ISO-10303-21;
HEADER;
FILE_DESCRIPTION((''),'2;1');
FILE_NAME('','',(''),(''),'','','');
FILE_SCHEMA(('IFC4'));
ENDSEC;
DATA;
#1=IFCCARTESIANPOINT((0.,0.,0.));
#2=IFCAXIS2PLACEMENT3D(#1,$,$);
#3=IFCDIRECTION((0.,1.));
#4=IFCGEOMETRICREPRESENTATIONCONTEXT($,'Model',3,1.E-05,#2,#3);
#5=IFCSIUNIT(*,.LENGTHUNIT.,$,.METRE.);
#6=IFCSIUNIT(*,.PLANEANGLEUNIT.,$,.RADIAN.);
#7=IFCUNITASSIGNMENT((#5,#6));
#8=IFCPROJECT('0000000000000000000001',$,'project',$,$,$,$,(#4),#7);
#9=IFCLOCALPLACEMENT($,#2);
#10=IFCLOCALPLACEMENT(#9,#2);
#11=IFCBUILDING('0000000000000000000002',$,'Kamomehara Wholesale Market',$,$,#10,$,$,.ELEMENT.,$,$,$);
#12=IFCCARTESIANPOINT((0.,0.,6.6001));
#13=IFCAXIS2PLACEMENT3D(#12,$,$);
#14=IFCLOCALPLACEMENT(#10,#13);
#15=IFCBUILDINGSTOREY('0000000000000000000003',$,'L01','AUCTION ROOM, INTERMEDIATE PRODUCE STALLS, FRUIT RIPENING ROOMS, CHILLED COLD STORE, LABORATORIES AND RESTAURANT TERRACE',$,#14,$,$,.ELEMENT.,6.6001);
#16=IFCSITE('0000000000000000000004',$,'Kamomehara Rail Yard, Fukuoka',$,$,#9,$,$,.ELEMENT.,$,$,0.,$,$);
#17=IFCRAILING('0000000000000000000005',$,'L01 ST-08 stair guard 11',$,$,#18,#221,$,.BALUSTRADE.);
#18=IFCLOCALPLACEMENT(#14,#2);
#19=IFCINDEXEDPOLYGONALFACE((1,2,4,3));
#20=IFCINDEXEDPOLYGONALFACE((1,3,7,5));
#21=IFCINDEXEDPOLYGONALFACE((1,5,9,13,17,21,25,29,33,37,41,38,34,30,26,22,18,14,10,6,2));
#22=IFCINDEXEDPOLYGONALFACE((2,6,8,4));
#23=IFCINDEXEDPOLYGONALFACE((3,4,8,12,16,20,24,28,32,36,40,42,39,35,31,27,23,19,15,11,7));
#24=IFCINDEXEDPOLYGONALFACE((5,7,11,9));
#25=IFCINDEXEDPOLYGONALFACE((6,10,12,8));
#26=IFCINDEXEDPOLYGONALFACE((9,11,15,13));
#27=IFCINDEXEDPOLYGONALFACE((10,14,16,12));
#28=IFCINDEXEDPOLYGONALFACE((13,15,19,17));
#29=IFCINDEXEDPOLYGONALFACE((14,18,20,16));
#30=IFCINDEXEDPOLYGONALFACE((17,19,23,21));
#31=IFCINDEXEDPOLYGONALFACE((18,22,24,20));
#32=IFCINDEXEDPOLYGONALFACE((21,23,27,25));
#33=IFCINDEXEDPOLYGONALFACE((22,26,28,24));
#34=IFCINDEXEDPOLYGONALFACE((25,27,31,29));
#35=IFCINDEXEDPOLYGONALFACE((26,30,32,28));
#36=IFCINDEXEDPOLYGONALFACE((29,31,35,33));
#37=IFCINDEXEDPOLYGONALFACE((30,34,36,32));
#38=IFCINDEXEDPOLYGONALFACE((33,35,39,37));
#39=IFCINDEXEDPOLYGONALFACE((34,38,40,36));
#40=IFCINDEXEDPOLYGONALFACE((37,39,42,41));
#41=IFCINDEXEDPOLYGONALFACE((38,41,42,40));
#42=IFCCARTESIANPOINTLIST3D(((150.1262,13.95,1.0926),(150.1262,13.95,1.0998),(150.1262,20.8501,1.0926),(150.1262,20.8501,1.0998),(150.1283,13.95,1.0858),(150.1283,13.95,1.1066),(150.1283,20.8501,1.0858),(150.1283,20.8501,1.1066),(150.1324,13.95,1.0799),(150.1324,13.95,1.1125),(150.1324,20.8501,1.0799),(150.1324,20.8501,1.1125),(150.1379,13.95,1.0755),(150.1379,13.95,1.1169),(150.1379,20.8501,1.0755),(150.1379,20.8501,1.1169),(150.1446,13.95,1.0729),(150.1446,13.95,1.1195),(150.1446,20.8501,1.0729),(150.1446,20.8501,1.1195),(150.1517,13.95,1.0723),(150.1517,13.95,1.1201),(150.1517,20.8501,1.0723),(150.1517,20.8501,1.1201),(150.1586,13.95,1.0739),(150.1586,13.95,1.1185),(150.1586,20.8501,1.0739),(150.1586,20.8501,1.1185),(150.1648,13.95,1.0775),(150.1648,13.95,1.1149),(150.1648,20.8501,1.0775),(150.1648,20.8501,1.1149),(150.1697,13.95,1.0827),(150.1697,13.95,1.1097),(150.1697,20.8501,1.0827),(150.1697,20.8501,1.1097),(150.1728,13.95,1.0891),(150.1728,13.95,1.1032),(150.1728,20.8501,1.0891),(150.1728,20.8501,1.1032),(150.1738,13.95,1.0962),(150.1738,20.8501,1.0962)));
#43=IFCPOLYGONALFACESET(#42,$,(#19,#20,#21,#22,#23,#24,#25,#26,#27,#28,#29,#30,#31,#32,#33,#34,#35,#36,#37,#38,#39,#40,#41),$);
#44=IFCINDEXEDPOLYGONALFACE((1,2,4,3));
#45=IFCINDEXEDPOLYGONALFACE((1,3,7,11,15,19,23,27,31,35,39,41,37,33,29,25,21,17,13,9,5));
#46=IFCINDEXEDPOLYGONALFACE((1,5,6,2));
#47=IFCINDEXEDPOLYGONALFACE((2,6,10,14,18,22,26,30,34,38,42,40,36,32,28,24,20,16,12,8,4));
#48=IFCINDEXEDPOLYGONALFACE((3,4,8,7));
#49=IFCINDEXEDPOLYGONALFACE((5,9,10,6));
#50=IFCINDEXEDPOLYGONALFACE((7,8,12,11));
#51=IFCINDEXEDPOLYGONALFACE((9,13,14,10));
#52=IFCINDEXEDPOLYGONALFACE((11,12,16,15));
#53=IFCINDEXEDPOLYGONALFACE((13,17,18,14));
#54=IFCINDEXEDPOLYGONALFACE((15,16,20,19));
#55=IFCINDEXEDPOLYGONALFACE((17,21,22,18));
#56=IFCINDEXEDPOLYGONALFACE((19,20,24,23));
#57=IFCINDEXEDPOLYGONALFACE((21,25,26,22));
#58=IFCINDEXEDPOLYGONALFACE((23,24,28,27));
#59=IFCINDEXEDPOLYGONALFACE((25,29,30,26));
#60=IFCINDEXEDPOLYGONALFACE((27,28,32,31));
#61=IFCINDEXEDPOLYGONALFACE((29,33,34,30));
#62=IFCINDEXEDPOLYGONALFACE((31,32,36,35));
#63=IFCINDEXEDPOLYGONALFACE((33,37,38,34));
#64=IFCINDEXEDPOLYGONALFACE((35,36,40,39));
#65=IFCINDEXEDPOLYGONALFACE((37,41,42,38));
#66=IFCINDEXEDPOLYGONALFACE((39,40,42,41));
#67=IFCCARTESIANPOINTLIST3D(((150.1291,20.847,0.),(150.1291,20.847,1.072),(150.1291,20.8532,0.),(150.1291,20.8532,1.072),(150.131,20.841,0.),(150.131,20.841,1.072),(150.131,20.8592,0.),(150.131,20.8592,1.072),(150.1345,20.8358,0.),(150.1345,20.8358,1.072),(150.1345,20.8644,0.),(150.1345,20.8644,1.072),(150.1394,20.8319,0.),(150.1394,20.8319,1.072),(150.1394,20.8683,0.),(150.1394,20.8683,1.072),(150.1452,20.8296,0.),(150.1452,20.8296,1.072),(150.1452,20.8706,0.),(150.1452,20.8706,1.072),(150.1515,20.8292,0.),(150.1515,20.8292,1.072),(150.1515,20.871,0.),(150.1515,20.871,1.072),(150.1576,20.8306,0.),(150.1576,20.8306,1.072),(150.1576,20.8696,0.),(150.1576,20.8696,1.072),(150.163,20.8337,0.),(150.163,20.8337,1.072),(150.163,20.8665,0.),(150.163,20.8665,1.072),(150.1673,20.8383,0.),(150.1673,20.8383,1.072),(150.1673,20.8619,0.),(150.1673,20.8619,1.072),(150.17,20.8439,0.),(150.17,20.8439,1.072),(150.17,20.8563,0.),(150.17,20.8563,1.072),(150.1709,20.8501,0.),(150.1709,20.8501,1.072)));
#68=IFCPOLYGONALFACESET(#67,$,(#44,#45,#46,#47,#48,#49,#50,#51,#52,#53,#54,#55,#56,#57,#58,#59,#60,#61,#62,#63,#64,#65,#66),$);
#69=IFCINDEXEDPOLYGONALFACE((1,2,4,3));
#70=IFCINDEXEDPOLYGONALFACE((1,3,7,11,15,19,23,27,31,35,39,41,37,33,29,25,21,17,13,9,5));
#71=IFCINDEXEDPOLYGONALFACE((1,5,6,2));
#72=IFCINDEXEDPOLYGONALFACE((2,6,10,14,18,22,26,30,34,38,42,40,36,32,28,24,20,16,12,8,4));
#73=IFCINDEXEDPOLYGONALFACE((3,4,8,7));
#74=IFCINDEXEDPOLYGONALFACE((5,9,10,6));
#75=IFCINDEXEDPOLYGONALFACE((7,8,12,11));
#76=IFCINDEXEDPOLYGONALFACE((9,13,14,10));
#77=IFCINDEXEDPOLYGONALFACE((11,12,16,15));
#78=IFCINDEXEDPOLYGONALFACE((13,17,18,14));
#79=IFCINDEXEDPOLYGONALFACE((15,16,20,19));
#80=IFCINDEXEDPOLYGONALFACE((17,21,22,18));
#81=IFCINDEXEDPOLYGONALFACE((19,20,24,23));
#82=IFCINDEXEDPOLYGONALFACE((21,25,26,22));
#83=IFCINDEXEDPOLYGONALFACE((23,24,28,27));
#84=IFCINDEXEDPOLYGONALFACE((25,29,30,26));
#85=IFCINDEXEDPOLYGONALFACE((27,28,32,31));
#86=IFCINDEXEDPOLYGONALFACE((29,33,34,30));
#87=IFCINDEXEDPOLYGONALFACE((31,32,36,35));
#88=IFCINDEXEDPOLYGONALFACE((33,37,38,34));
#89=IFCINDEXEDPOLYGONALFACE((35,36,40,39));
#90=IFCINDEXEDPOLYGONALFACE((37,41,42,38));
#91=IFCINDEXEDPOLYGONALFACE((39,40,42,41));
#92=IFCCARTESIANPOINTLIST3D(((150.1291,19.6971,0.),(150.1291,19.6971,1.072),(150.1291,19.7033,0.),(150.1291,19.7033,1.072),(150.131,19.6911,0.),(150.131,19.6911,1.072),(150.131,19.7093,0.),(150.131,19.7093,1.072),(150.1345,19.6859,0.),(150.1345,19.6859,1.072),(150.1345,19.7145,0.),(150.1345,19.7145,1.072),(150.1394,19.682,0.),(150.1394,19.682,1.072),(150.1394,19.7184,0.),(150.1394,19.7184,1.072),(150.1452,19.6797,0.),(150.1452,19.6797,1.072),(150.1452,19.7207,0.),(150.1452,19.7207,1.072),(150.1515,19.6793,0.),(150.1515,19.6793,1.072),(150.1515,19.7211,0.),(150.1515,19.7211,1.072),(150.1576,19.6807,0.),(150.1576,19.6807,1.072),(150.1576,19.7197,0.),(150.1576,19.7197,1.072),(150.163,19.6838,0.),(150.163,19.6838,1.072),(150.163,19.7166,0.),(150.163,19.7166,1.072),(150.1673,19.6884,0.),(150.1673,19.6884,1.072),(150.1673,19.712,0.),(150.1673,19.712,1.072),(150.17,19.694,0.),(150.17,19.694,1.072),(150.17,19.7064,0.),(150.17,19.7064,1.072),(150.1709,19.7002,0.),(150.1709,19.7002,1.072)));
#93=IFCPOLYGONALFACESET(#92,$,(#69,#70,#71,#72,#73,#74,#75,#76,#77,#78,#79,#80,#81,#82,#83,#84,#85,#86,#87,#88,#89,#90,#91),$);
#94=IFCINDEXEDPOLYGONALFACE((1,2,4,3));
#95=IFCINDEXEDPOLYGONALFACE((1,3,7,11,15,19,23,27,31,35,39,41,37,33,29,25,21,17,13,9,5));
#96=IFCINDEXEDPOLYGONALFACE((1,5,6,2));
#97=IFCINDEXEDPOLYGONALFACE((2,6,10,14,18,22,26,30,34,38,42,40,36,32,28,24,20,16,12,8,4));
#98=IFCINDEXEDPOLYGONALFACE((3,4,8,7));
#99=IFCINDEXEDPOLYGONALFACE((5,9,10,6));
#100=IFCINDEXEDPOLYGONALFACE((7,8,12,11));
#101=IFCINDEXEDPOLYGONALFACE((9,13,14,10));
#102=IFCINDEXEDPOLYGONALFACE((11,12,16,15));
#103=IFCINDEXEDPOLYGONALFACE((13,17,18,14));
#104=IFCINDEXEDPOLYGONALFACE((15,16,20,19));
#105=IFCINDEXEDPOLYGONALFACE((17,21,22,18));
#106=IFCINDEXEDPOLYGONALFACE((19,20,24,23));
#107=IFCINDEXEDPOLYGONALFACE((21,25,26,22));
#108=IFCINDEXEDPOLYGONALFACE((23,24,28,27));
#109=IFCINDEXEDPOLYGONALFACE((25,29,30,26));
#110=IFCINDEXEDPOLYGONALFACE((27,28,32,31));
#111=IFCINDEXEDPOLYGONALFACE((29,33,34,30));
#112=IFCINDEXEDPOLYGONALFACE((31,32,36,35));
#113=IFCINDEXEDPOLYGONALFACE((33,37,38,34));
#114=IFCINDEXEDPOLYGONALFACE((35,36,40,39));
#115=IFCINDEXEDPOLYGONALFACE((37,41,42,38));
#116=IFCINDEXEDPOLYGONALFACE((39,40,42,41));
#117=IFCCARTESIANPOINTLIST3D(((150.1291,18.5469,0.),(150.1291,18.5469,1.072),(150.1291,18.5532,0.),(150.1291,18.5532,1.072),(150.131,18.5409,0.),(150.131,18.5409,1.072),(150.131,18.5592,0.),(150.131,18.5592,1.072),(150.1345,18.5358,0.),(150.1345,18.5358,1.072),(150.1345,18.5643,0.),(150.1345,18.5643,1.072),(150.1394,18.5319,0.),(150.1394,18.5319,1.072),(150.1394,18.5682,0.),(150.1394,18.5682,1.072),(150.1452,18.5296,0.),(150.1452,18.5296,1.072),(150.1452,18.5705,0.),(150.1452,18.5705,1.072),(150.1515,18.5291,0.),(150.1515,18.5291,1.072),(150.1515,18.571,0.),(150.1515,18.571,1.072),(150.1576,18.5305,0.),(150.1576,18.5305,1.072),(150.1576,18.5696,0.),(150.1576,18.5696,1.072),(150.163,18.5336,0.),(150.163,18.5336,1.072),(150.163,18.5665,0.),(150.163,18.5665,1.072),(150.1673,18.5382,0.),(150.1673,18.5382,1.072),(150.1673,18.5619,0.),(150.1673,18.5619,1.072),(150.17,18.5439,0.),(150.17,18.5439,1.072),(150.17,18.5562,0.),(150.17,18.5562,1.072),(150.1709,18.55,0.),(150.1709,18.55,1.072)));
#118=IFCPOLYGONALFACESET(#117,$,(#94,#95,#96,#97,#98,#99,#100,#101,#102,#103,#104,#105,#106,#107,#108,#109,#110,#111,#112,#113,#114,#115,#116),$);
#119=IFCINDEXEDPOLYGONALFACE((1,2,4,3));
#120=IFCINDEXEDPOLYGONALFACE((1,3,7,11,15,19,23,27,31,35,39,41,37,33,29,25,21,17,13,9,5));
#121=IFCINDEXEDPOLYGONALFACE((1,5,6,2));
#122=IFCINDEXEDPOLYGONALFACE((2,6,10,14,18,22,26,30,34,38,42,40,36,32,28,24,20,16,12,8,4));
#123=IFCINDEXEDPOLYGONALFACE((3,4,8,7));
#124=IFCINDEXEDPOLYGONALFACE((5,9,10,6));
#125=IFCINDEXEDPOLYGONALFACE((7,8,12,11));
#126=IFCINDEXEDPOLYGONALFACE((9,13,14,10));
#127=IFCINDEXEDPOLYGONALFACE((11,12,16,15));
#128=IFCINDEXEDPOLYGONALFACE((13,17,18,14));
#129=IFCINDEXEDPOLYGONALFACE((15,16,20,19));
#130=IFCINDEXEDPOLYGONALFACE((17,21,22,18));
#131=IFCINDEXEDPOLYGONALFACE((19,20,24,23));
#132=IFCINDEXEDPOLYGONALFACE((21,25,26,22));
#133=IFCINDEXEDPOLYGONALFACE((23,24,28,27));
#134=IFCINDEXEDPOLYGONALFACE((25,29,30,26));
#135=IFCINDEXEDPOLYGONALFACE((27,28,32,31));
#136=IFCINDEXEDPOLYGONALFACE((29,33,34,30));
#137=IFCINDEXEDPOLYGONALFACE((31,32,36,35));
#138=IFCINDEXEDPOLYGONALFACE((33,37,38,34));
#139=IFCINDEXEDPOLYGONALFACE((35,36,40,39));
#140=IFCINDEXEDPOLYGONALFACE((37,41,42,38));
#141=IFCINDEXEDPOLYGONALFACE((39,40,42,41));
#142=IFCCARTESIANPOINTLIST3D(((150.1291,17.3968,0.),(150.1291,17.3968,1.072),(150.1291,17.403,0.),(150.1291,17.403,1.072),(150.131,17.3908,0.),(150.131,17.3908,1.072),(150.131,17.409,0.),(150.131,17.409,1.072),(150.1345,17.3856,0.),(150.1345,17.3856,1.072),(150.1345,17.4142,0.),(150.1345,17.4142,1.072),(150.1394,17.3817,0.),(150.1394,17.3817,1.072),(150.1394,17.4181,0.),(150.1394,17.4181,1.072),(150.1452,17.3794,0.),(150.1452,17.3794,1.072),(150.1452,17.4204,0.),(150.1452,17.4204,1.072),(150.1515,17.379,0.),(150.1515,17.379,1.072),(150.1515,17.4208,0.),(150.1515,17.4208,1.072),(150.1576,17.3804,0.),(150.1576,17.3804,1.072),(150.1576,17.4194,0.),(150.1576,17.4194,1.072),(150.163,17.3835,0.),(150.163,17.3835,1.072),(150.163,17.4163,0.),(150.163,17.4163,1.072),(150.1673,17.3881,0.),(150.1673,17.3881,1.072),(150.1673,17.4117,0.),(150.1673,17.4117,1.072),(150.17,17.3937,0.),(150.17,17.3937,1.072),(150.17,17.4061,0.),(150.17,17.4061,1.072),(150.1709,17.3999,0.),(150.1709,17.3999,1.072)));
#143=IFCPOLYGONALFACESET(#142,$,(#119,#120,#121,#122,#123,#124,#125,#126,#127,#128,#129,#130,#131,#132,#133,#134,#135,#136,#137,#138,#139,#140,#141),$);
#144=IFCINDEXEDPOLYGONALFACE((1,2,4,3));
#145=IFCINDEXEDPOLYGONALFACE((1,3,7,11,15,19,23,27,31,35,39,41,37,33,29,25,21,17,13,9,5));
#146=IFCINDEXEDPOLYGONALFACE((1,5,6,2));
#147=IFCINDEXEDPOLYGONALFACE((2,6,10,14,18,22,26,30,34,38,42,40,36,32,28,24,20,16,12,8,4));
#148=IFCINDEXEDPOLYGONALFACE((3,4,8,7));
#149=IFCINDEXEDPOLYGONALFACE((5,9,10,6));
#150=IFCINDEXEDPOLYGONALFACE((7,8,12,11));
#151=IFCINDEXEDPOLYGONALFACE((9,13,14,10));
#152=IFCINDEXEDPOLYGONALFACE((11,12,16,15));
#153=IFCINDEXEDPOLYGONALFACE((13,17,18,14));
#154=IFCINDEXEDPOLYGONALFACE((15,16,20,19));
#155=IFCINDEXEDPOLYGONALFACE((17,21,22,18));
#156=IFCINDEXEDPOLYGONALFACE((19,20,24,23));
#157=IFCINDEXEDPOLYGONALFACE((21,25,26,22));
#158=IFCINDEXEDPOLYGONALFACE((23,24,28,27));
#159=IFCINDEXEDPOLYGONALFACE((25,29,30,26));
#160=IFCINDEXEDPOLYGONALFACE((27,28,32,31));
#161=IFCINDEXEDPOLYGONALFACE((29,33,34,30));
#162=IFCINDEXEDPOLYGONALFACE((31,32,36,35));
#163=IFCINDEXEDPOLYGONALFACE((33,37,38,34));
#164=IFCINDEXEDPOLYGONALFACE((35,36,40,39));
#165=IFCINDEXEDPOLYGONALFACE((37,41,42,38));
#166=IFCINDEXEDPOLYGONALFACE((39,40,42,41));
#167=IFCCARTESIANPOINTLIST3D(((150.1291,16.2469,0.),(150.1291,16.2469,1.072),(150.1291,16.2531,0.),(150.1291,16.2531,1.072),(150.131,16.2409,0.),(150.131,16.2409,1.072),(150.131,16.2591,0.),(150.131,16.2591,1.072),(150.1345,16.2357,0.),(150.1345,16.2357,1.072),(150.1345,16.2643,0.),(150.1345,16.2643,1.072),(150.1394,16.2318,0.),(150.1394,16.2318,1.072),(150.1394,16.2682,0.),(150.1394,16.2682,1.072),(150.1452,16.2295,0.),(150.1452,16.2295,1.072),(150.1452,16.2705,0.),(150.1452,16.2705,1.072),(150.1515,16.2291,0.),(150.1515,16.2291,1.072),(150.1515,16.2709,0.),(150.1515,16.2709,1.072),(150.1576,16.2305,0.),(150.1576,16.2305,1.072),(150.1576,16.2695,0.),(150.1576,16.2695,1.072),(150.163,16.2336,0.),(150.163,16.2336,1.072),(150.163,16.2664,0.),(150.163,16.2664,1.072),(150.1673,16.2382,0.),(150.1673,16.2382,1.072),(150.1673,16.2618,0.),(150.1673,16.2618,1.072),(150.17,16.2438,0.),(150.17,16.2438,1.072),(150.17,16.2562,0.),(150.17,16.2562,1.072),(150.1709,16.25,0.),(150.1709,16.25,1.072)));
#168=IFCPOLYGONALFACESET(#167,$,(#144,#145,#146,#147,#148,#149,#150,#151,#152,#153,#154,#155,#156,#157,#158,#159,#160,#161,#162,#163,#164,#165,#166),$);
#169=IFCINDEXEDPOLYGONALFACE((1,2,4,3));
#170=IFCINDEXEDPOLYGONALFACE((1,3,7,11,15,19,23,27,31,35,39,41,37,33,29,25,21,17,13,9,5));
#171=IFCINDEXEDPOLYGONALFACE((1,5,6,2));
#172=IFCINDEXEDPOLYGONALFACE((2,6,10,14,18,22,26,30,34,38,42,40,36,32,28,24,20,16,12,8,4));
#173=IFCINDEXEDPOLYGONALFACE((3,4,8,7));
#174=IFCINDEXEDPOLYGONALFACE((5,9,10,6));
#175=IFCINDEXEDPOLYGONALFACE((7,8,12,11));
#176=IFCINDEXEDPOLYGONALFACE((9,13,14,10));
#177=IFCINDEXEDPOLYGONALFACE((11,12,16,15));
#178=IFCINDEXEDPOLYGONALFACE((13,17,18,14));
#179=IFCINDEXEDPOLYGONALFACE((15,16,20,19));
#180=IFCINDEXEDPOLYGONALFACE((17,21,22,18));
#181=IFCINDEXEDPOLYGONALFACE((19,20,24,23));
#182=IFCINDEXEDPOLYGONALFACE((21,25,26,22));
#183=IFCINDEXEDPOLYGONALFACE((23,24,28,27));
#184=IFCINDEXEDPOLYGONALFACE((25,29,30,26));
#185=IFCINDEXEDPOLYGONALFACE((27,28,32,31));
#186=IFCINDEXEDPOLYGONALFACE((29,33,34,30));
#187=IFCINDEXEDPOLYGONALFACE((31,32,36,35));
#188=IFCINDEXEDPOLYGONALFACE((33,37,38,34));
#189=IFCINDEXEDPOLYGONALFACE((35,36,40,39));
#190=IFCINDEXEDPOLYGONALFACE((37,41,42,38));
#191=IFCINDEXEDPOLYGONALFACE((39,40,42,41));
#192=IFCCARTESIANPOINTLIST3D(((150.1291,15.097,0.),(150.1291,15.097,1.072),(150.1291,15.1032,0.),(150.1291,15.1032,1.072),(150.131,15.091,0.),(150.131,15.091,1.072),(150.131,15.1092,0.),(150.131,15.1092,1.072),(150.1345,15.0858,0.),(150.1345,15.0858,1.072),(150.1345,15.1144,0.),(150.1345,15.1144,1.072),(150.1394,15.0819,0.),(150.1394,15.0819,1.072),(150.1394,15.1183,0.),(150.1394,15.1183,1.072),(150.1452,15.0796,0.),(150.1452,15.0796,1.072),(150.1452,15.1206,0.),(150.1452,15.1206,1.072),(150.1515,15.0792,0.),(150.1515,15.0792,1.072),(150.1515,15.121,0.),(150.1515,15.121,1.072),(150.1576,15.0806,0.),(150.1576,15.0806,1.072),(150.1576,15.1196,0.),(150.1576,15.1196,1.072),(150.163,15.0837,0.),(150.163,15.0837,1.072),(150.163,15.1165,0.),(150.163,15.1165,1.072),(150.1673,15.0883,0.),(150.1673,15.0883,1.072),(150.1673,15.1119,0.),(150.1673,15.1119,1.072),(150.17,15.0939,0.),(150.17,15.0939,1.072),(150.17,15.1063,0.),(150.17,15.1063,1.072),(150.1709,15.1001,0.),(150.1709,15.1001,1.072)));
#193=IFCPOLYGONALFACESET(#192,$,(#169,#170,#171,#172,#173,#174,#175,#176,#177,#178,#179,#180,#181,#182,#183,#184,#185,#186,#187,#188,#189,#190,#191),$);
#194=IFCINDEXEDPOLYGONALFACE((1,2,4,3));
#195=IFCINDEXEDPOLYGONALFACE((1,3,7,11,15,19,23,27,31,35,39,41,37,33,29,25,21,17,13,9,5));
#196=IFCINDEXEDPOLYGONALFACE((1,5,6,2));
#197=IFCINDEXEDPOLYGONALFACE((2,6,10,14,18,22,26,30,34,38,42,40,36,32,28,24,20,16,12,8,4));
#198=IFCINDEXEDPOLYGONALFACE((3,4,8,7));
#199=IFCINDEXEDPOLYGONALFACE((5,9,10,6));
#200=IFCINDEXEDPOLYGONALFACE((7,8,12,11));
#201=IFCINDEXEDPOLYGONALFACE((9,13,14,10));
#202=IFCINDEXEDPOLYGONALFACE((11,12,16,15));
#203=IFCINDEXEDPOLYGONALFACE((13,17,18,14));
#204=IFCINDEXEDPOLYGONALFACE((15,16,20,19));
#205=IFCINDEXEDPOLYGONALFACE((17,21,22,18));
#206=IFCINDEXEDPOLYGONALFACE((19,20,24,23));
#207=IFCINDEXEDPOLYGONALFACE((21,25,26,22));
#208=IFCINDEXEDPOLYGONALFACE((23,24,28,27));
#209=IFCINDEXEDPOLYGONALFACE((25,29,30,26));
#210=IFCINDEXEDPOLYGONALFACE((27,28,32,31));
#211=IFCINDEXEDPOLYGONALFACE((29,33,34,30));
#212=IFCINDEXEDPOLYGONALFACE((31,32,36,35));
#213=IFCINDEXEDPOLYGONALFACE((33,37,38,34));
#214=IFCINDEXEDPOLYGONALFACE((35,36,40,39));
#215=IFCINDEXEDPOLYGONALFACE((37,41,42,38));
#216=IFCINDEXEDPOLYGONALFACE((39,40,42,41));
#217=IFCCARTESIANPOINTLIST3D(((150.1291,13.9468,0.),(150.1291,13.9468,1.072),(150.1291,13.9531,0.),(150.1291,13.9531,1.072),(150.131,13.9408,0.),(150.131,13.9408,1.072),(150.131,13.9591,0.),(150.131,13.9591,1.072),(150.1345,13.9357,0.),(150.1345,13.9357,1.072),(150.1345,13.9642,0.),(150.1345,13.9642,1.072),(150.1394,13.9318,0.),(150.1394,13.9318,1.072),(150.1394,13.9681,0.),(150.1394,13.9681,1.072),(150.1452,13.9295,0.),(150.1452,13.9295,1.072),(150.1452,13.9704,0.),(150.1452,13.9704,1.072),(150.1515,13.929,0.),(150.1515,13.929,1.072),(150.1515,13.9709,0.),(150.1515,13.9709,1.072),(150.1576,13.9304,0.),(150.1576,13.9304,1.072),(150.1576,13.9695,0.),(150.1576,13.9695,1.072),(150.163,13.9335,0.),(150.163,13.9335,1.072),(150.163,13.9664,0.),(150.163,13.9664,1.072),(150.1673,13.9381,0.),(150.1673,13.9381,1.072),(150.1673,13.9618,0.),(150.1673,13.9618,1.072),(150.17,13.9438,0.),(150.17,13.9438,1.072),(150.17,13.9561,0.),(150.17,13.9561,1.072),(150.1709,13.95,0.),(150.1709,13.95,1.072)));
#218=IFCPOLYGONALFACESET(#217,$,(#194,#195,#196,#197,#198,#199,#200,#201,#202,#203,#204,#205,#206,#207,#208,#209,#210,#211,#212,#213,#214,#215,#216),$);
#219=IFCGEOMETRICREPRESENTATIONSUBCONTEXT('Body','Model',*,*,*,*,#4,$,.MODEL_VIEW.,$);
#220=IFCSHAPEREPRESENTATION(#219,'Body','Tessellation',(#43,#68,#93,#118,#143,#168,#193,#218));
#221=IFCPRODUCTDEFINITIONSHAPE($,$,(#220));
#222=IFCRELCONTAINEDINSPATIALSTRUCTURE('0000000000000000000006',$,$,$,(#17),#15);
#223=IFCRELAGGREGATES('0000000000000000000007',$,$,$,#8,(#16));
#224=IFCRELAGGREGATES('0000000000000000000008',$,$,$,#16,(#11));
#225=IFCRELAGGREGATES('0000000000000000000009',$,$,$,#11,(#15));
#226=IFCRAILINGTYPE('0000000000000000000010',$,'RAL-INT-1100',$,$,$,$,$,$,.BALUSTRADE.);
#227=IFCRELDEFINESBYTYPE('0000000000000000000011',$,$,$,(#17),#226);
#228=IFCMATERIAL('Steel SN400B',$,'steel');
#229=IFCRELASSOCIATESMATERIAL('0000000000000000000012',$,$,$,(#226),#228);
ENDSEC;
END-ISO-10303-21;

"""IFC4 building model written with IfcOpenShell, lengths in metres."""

from ifc_helpers import new_model, si_unit, direction, frame, origin, origin_2d, place, context, subcontext, project, spatial, circle, extrude, material, type_object, element, save


model = new_model("IFC4")

# Units and contexts
model_context = context("Model", 3, precision=1e-05, world=origin(), true_north=direction((0.0, 1.0)))
body_context = subcontext(model_context, "Body", "Model", "MODEL_VIEW")
ifc_project = project(units=[si_unit("LENGTHUNIT", "METRE"), si_unit("PLANEANGLEUNIT", "RADIAN")], contexts=[model_context])

# Site, building, storey
site_placement = place(None, origin())
site = spatial("IfcSite", under=ifc_project, at=site_placement, Name="Kamomehara Rail Yard, Fukuoka", CompositionType="ELEMENT", RefElevation=0.0)
building_placement = place(site_placement, origin())
building = spatial("IfcBuilding", under=site, at=building_placement, Name="Kamomehara Wholesale Market", CompositionType="ELEMENT")
storey_placement = place(building_placement, frame((0.0, 0.0, 6.6001)))
storey = spatial("IfcBuildingStorey", under=building, at=storey_placement, Name="L01", Description="AUCTION ROOM, INTERMEDIATE PRODUCE STALLS, FRUIT RIPENING ROOMS, CHILLED COLD STORE, LABORATORIES AND RESTAURANT TERRACE", CompositionType="ELEMENT", Elevation=6.6001)

# Railing
ifc_material_1 = material(Name="Steel SN400B", Category="steel")
railing_type_1 = type_object("IfcRailingType", Name="RAL-INT-1100", PredefinedType="BALUSTRADE", material=ifc_material_1)
railing_1_placement = place(storey_placement, frame((150.1499, 20.8501, 0.0)))
element("IfcRailing", 1, at=railing_1_placement, inside=storey, type_object=railing_type_1, Name="L01 ST-08 stair guard 11", PredefinedType="BALUSTRADE", context=body_context, shape_type="SweptSolid", body=[
    extrude(circle(Radius=0.0239, at=origin_2d()), frame((0.0, 0.0, 1.0962), z_axis=(0.0, -1.0, 0.0), x_axis=(1.0, 0.0, 0.0)), (0.0, 0.0, 1.0), 6.9001),
    extrude(circle(Radius=0.021, at=origin_2d()), origin(), (0.0, 0.0, 1.0), 1.072),
    extrude(circle(Radius=0.021, at=origin_2d()), frame((0.0, -1.1499, 0.0)), (0.0, 0.0, 1.0), 1.072),
    extrude(circle(Radius=0.021, at=origin_2d()), frame((0.0, -2.3, 0.0)), (0.0, 0.0, 1.0), 1.072),
    extrude(circle(Radius=0.021, at=origin_2d()), frame((0.0, -3.4502, 0.0)), (0.0, 0.0, 1.0), 1.072),
    extrude(circle(Radius=0.021, at=origin_2d()), frame((0.0, -4.6001, 0.0)), (0.0, 0.0, 1.0), 1.072),
    extrude(circle(Radius=0.021, at=origin_2d()), frame((0.0, -5.75, 0.0)), (0.0, 0.0, 1.0), 1.072),
    extrude(circle(Radius=0.021, at=origin_2d()), frame((0.0, -6.9001, 0.0)), (0.0, 0.0, 1.0), 1.072),
])

save(model, "model.ifc")
